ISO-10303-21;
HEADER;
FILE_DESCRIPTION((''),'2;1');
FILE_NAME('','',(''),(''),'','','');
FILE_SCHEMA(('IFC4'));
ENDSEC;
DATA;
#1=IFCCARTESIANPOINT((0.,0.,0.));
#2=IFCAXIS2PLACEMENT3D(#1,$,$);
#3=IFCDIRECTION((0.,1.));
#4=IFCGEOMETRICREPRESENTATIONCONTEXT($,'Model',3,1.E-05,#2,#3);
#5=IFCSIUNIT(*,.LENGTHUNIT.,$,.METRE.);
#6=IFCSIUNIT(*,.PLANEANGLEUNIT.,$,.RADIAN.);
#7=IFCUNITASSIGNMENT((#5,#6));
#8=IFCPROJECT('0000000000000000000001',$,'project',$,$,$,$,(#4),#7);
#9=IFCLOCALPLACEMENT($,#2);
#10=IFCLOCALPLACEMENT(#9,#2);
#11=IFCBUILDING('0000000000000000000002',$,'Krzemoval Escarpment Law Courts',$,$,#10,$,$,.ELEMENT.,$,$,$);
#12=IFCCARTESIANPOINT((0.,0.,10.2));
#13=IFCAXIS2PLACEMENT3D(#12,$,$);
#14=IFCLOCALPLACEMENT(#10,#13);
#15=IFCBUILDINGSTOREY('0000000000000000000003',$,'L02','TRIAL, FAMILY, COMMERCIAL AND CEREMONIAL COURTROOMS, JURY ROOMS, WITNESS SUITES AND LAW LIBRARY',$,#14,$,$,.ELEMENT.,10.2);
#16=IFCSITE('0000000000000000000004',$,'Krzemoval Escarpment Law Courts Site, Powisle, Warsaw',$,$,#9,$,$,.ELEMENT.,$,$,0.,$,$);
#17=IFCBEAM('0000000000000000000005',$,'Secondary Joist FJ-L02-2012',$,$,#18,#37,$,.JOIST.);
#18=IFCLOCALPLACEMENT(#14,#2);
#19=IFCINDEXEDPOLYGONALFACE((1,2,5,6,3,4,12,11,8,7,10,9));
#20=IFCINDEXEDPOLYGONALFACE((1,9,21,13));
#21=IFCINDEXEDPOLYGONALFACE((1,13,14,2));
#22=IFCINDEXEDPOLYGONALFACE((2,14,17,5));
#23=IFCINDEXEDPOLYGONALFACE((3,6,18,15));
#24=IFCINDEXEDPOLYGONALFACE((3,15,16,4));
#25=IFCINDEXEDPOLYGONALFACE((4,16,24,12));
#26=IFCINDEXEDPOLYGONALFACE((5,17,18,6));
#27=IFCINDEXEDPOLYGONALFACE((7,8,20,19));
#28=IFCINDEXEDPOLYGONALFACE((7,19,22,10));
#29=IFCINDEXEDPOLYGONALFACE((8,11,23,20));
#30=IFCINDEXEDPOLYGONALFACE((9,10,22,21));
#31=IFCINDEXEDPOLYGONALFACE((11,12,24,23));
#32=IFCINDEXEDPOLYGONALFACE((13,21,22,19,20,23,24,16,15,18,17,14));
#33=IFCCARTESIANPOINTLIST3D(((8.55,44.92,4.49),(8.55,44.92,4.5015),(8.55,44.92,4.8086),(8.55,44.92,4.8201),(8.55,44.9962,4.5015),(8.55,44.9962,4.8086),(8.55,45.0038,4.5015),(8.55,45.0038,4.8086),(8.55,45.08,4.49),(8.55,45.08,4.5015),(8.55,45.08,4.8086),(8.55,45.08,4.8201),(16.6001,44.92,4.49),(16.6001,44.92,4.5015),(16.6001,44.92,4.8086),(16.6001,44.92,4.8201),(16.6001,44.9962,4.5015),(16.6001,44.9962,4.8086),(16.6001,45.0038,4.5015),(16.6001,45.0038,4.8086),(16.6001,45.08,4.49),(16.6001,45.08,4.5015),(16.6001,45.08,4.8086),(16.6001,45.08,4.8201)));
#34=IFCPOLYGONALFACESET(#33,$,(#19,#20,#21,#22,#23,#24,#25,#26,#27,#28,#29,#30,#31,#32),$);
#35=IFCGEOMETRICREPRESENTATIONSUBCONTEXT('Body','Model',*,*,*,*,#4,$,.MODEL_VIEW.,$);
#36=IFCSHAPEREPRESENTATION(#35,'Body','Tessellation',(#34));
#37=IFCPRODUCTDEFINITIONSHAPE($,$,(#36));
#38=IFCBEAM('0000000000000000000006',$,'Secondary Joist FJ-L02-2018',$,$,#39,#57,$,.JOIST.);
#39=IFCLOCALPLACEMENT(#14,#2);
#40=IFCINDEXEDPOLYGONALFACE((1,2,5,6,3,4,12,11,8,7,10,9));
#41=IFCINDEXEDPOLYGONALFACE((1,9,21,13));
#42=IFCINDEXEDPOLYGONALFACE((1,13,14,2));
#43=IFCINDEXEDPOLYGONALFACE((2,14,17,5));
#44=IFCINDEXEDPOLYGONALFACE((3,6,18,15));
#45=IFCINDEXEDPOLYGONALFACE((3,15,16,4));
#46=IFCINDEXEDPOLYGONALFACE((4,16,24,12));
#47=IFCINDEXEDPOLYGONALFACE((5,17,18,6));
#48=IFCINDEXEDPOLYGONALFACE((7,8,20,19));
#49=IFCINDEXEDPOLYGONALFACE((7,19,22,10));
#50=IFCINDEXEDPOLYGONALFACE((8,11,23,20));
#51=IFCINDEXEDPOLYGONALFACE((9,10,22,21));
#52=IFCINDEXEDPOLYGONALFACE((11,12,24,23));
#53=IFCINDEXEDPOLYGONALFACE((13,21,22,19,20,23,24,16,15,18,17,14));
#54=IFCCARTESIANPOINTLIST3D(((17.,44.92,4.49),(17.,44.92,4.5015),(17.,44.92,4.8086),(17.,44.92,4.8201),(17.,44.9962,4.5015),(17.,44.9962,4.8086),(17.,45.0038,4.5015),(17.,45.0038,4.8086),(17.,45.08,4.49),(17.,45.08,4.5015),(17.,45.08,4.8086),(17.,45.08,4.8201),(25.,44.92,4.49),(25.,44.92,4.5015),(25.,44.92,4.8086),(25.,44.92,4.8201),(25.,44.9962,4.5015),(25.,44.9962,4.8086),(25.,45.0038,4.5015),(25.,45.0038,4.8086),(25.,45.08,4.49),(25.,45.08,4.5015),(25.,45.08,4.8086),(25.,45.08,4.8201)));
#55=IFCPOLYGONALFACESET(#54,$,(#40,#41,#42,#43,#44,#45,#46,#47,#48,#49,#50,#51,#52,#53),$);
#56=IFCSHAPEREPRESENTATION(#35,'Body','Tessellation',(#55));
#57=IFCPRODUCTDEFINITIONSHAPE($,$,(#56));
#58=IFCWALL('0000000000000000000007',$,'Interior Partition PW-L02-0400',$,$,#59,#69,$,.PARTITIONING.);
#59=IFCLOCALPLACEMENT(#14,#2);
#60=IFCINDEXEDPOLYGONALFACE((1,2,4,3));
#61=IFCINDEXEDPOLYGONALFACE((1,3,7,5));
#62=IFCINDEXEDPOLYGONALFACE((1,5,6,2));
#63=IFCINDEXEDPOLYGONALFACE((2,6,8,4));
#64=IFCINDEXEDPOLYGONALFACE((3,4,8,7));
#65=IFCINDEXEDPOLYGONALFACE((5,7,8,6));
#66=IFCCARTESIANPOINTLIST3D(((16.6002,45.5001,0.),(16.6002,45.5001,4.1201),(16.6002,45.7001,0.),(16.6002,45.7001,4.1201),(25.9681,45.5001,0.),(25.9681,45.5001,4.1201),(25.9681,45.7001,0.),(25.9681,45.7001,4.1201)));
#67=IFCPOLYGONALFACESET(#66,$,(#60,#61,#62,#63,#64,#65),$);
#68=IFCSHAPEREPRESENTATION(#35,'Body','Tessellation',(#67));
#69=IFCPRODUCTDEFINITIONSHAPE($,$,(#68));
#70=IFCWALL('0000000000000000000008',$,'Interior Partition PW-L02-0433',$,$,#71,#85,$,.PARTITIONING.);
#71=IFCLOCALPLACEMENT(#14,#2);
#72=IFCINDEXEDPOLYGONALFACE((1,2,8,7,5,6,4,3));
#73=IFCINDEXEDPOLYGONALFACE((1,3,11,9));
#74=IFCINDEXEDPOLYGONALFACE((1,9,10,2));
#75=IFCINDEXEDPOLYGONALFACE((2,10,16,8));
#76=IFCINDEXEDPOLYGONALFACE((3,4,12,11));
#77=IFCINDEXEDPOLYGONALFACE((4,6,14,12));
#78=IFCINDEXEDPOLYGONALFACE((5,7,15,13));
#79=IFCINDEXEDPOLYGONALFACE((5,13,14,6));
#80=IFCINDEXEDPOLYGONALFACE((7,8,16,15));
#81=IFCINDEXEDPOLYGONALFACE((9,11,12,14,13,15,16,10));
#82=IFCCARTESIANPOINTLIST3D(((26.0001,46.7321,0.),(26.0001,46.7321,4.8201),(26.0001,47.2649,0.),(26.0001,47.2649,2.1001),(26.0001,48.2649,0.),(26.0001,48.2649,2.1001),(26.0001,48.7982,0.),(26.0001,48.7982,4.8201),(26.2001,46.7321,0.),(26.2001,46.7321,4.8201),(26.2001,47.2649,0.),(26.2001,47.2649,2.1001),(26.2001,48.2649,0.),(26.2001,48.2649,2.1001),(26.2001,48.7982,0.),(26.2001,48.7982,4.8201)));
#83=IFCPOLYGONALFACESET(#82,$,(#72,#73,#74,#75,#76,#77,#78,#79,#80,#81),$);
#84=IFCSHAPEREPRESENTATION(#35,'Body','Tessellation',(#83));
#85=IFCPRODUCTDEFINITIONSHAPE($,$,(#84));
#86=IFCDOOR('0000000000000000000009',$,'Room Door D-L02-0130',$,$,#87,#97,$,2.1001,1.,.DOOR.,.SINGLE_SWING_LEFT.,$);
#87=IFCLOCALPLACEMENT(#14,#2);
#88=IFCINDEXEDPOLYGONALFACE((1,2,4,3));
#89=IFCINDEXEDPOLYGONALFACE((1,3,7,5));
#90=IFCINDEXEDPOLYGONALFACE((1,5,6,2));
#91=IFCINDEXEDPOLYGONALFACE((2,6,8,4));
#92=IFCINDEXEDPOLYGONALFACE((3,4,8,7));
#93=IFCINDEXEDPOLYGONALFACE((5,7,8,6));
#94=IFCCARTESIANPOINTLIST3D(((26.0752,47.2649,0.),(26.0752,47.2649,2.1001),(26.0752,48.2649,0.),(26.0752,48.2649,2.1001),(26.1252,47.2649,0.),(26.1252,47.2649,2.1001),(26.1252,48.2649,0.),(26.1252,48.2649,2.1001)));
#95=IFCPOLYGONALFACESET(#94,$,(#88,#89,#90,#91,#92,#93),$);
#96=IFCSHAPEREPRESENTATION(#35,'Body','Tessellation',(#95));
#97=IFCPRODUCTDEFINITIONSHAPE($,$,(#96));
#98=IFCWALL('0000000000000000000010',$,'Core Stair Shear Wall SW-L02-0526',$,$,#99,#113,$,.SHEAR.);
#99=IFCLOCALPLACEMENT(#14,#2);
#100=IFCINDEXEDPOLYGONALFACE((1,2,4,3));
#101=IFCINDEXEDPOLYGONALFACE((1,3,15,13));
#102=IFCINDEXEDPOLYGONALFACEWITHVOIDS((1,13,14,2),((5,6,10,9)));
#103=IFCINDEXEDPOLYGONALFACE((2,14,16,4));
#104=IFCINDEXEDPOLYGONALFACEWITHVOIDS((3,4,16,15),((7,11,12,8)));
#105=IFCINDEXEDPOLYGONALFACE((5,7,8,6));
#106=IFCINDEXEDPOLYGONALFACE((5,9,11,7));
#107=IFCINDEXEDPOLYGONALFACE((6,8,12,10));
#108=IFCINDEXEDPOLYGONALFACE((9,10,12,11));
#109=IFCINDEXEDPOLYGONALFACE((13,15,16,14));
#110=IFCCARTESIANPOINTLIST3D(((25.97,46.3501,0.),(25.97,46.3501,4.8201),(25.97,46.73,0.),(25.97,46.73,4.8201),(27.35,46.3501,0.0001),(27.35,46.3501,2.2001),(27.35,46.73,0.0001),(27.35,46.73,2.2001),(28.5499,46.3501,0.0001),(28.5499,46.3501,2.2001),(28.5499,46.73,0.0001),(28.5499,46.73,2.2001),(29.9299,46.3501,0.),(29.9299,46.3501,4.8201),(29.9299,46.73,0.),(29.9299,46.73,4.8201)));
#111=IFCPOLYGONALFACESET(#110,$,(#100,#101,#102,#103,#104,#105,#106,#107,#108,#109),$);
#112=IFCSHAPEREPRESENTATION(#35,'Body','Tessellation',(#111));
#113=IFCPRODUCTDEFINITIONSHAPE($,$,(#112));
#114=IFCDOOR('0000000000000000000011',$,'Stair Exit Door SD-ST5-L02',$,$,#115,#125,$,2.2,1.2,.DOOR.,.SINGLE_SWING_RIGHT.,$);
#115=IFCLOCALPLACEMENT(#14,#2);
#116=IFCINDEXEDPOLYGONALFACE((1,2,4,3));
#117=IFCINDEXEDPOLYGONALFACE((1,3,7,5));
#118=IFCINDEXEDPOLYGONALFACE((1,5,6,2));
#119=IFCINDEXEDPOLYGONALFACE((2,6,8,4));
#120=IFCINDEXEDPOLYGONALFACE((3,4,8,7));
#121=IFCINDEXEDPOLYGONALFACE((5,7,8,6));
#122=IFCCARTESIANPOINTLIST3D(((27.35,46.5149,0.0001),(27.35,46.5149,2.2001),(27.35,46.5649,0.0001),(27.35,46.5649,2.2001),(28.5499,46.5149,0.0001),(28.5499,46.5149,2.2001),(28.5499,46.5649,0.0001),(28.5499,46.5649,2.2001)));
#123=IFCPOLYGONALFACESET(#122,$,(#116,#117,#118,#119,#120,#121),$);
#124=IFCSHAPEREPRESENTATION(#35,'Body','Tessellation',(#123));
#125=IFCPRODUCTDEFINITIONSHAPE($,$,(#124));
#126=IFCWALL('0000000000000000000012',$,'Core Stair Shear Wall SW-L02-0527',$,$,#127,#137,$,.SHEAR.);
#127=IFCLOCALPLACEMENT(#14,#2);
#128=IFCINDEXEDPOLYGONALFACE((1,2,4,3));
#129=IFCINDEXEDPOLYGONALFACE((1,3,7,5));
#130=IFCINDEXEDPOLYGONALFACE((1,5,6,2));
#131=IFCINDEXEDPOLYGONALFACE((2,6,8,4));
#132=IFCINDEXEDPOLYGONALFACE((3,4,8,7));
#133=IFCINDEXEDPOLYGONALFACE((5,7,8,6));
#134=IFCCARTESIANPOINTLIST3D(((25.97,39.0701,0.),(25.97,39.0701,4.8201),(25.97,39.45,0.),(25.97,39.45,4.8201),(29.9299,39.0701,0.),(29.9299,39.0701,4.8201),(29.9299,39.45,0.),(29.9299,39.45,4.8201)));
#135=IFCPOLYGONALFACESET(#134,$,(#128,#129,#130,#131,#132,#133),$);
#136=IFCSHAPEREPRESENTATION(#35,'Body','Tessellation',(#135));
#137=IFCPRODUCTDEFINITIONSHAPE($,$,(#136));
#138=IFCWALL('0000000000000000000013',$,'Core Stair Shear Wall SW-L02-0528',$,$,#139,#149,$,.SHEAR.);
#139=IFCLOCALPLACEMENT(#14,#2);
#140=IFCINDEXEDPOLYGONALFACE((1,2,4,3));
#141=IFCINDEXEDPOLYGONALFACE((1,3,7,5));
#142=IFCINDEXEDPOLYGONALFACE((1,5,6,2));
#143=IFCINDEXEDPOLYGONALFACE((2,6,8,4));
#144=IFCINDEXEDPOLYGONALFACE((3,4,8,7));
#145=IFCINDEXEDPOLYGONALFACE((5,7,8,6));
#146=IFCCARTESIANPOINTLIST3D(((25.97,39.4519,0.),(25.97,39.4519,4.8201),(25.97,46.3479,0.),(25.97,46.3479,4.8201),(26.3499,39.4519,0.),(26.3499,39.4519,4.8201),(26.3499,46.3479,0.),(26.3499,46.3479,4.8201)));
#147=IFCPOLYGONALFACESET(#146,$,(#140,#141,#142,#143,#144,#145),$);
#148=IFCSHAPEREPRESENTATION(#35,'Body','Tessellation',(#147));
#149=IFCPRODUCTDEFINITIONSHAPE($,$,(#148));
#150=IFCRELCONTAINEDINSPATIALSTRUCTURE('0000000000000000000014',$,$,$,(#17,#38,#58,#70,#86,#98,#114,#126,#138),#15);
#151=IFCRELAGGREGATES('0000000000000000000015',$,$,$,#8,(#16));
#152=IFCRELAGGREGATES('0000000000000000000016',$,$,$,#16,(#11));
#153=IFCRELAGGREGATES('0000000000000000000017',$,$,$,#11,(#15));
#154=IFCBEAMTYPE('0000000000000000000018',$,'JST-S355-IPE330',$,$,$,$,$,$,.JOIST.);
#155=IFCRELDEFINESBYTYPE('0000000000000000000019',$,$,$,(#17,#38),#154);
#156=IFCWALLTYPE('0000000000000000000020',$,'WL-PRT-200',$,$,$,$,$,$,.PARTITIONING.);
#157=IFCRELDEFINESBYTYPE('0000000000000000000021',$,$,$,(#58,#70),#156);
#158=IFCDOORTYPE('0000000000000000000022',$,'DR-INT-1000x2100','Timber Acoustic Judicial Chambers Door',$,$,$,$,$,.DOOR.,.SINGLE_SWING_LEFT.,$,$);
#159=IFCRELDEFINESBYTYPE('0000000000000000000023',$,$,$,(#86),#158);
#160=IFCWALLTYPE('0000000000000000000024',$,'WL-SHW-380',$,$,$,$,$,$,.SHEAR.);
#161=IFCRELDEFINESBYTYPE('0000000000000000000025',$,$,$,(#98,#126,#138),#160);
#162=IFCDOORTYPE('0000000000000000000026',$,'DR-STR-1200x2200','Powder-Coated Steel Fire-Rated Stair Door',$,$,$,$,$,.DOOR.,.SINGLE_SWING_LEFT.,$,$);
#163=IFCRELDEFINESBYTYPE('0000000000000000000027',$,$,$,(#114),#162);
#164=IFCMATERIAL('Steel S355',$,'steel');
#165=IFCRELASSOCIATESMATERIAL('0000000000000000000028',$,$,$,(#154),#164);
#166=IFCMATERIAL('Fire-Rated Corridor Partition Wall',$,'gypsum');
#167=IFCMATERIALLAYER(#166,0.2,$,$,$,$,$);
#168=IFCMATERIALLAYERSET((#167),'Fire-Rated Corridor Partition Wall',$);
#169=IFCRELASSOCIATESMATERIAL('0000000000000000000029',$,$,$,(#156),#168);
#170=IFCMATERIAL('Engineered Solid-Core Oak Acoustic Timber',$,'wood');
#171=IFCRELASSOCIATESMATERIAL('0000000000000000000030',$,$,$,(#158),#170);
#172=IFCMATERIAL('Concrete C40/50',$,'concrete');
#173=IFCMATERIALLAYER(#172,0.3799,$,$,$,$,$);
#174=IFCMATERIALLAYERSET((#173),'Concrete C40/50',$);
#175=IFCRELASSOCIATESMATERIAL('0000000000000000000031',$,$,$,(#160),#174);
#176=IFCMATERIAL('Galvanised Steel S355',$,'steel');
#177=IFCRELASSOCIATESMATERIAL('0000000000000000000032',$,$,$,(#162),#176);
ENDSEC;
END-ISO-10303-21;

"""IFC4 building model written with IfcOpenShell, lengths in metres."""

from ifc_helpers import new_model, si_unit, direction, frame, frame_2d, origin, origin_2d, place, context, subcontext, project, spatial, rectangle, i_section, extrude, material, layer, layer_set, material_profile, profile_set, type_object, element, fill, save


model = new_model("IFC4")

# Units and contexts
model_context = context("Model", 3, precision=1e-05, world=origin(), true_north=direction((0.0, 1.0)))
body_context = subcontext(model_context, "Body", "Model", "MODEL_VIEW")
ifc_project = project(units=[si_unit("LENGTHUNIT", "METRE"), si_unit("PLANEANGLEUNIT", "RADIAN")], contexts=[model_context])

# Site, building, storey
site_placement = place(None, origin())
site = spatial("IfcSite", under=ifc_project, at=site_placement, Name="Krzemoval Escarpment Law Courts Site, Powisle, Warsaw", CompositionType="ELEMENT", RefElevation=0.0)
building_placement = place(site_placement, origin())
building = spatial("IfcBuilding", under=site, at=building_placement, Name="Krzemoval Escarpment Law Courts", CompositionType="ELEMENT")
storey_placement = place(building_placement, frame((0.0, 0.0, 10.2)))
storey = spatial("IfcBuildingStorey", under=building, at=storey_placement, Name="L02", Description="TRIAL, FAMILY, COMMERCIAL AND CEREMONIAL COURTROOMS, JURY ROOMS, WITNESS SUITES AND LAW LIBRARY", CompositionType="ELEMENT", Elevation=10.2)

# Beams
ifc_material_1 = material(Name="Steel S355", Category="steel")
ifc_material_profile_1 = material_profile(ifc_material_1, i_section(OverallWidth=0.1599, OverallDepth=0.3301, WebThickness=0.0076, FlangeThickness=0.0115, at=origin_2d()), Name="IPE 330")
ifc_profile_set_1 = profile_set([ifc_material_profile_1], Name="Steel S355")
beam_type_1 = type_object("IfcBeamType", Name="JST-S355-IPE330", PredefinedType="JOIST", material=ifc_profile_set_1)
beam_1_placement = place(storey_placement, frame((8.55, 45.0, 4.655), z_axis=(1.0, 0.0, 0.0), x_axis=(0.0, 1.0, 0.0)))
element("IfcBeam", 1, at=beam_1_placement, inside=storey, type_object=beam_type_1, Name="Secondary Joist FJ-L02-2012", PredefinedType="JOIST", context=body_context, shape_type="SweptSolid", body=[
    extrude(i_section(OverallWidth=0.1599, OverallDepth=0.3301, WebThickness=0.0076, FlangeThickness=0.0115, at=origin_2d()), origin(), (0.0, 0.0, 1.0), 8.05),
])
beam_2_placement = place(storey_placement, frame((17.0, 45.0, 4.655), z_axis=(1.0, 0.0, 0.0), x_axis=(0.0, 1.0, 0.0)))
element("IfcBeam", 2, at=beam_2_placement, inside=storey, type_object=beam_type_1, Name="Secondary Joist FJ-L02-2018", PredefinedType="JOIST", context=body_context, shape_type="SweptSolid", body=[
    extrude(i_section(OverallWidth=0.1599, OverallDepth=0.3301, WebThickness=0.0076, FlangeThickness=0.0115, at=origin_2d()), origin(), (0.0, 0.0, 1.0), 8.0),
])

# Wall
ifc_material_2 = material(Name="Fire-Rated Corridor Partition Wall", Category="gypsum")
ifc_layer_1 = layer(ifc_material_2, 0.2)
ifc_layer_set_1 = layer_set([ifc_layer_1], Name="Fire-Rated Corridor Partition Wall")
wall_type_1 = type_object("IfcWallType", Name="WL-PRT-200", PredefinedType="PARTITIONING", material=ifc_layer_set_1)
wall_1_placement = place(storey_placement, frame((16.6001, 45.6001, 0.0), z_axis=(0.0, 0.0, 1.0), x_axis=(1.0, 0.0, 0.0)))
element("IfcWall", 3, at=wall_1_placement, inside=storey, type_object=wall_type_1, Name="Interior Partition PW-L02-0400", PredefinedType="PARTITIONING", context=body_context, shape_type="SweptSolid", body=[
    extrude(rectangle(XDim=9.3679, YDim=0.2, at=frame_2d((4.6841, 0.0))), origin(), (0.0, 0.0, 1.0), 4.1201),
])

# Walls, openings, doors
wall_2_placement = place(storey_placement, frame((26.1001, 46.7319, 0.0), z_axis=(0.0, 0.0, 1.0), x_axis=(0.0, 1.0, 0.0)))
wall_2 = element("IfcWall", 4, at=wall_2_placement, inside=storey, type_object=wall_type_1, Name="Interior Partition PW-L02-0433", PredefinedType="PARTITIONING", context=body_context, shape_type="SweptSolid", body=[
    extrude(rectangle(XDim=2.0662, YDim=0.2, at=frame_2d((1.0332, 0.0))), origin(), (0.0, 0.0, 1.0), 4.8201),
])
opening_1_placement = place(wall_2_placement, frame((0.533, 0.0, 0.0)))
opening_1 = element("IfcOpeningElement", 5, at=opening_1_placement, cuts=wall_2, PredefinedType="OPENING", context=body_context, shape_type="SweptSolid", body=[
    extrude(rectangle(XDim=1.0, YDim=2.1001, at=frame_2d((0.5, 1.05))), frame((0.0, 0.115, 0.0), z_axis=(0.0, -1.0, 0.0), x_axis=(1.0, 0.0, 0.0)), (0.0, 0.0, 1.0), 0.2299),
])
ifc_material_3 = material(Name="Engineered Solid-Core Oak Acoustic Timber", Category="wood")
door_type_1 = type_object("IfcDoorType", Name="DR-INT-1000x2100", Description="Timber Acoustic Judicial Chambers Door", OperationType="SINGLE_SWING_LEFT", PredefinedType="DOOR", material=ifc_material_3)
door_1_placement = place(opening_1_placement, origin())
door_1 = element("IfcDoor", 6, at=door_1_placement, inside=storey, type_object=door_type_1, Name="Room Door D-L02-0130", OperationType="SINGLE_SWING_LEFT", OverallHeight=2.1001, OverallWidth=1.0, PredefinedType="DOOR", context=body_context, shape_type="SweptSolid", body=[
    extrude(rectangle(XDim=1.0, YDim=2.1001, at=frame_2d((0.5, 1.05))), frame((0.0, 0.0249, 0.0), z_axis=(0.0, -1.0, 0.0), x_axis=(1.0, 0.0, 0.0)), (0.0, 0.0, 1.0), 0.05),
])
fill(opening_1, door_1)
ifc_material_4 = material(Name="Concrete C40/50", Category="concrete")
ifc_layer_2 = layer(ifc_material_4, 0.3799)
ifc_layer_set_2 = layer_set([ifc_layer_2], Name="Concrete C40/50")
wall_type_2 = type_object("IfcWallType", Name="WL-SHW-380", PredefinedType="SHEAR", material=ifc_layer_set_2)
wall_3_placement = place(storey_placement, frame((25.97, 46.54, 0.0), z_axis=(0.0, 0.0, 1.0), x_axis=(1.0, 0.0, 0.0)))
wall_3 = element("IfcWall", 7, at=wall_3_placement, inside=storey, type_object=wall_type_2, Name="Core Stair Shear Wall SW-L02-0526", PredefinedType="SHEAR", context=body_context, shape_type="SweptSolid", body=[
    extrude(rectangle(XDim=3.96, YDim=0.3799, at=frame_2d((1.98, 0.0))), origin(), (0.0, 0.0, 1.0), 4.8201),
])
opening_2_placement = place(wall_3_placement, frame((1.3799, 0.0, 0.0)))
opening_2 = element("IfcOpeningElement", 8, at=opening_2_placement, cuts=wall_3, PredefinedType="OPENING", context=body_context, shape_type="SweptSolid", body=[
    extrude(rectangle(XDim=1.2, YDim=2.2, at=frame_2d((0.6001, 1.1001))), frame((0.0, 0.2049, 0.0), z_axis=(0.0, -1.0, 0.0), x_axis=(1.0, 0.0, 0.0)), (0.0, 0.0, 1.0), 0.4099),
])
ifc_material_5 = material(Name="Galvanised Steel S355", Category="steel")
door_type_2 = type_object("IfcDoorType", Name="DR-STR-1200x2200", Description="Powder-Coated Steel Fire-Rated Stair Door", OperationType="SINGLE_SWING_LEFT", PredefinedType="DOOR", material=ifc_material_5)
door_2_placement = place(opening_2_placement, origin())
door_2 = element("IfcDoor", 9, at=door_2_placement, inside=storey, type_object=door_type_2, Name="Stair Exit Door SD-ST5-L02", OperationType="SINGLE_SWING_RIGHT", OverallHeight=2.2, OverallWidth=1.2, PredefinedType="DOOR", context=body_context, shape_type="SweptSolid", body=[
    extrude(rectangle(XDim=1.2, YDim=2.2, at=frame_2d((0.6001, 1.1001))), frame((0.0, 0.0249, 0.0), z_axis=(0.0, -1.0, 0.0), x_axis=(1.0, 0.0, 0.0)), (0.0, 0.0, 1.0), 0.05),
])
fill(opening_2, door_2)

# Walls
wall_4_placement = place(storey_placement, frame((25.97, 39.26, 0.0), z_axis=(0.0, 0.0, 1.0), x_axis=(1.0, 0.0, 0.0)))
element("IfcWall", 10, at=wall_4_placement, inside=storey, type_object=wall_type_2, Name="Core Stair Shear Wall SW-L02-0527", PredefinedType="SHEAR", context=body_context, shape_type="SweptSolid", body=[
    extrude(rectangle(XDim=3.96, YDim=0.3799, at=frame_2d((1.98, 0.0))), origin(), (0.0, 0.0, 1.0), 4.8201),
])
wall_5_placement = place(storey_placement, frame((26.1599, 39.4519, 0.0), z_axis=(0.0, 0.0, 1.0), x_axis=(0.0, 1.0, 0.0)))
element("IfcWall", 11, at=wall_5_placement, inside=storey, type_object=wall_type_2, Name="Core Stair Shear Wall SW-L02-0528", PredefinedType="SHEAR", context=body_context, shape_type="SweptSolid", body=[
    extrude(rectangle(XDim=6.896, YDim=0.3799, at=frame_2d((3.448, 0.0))), origin(), (0.0, 0.0, 1.0), 4.8201),
])

save(model, "model.ifc")
